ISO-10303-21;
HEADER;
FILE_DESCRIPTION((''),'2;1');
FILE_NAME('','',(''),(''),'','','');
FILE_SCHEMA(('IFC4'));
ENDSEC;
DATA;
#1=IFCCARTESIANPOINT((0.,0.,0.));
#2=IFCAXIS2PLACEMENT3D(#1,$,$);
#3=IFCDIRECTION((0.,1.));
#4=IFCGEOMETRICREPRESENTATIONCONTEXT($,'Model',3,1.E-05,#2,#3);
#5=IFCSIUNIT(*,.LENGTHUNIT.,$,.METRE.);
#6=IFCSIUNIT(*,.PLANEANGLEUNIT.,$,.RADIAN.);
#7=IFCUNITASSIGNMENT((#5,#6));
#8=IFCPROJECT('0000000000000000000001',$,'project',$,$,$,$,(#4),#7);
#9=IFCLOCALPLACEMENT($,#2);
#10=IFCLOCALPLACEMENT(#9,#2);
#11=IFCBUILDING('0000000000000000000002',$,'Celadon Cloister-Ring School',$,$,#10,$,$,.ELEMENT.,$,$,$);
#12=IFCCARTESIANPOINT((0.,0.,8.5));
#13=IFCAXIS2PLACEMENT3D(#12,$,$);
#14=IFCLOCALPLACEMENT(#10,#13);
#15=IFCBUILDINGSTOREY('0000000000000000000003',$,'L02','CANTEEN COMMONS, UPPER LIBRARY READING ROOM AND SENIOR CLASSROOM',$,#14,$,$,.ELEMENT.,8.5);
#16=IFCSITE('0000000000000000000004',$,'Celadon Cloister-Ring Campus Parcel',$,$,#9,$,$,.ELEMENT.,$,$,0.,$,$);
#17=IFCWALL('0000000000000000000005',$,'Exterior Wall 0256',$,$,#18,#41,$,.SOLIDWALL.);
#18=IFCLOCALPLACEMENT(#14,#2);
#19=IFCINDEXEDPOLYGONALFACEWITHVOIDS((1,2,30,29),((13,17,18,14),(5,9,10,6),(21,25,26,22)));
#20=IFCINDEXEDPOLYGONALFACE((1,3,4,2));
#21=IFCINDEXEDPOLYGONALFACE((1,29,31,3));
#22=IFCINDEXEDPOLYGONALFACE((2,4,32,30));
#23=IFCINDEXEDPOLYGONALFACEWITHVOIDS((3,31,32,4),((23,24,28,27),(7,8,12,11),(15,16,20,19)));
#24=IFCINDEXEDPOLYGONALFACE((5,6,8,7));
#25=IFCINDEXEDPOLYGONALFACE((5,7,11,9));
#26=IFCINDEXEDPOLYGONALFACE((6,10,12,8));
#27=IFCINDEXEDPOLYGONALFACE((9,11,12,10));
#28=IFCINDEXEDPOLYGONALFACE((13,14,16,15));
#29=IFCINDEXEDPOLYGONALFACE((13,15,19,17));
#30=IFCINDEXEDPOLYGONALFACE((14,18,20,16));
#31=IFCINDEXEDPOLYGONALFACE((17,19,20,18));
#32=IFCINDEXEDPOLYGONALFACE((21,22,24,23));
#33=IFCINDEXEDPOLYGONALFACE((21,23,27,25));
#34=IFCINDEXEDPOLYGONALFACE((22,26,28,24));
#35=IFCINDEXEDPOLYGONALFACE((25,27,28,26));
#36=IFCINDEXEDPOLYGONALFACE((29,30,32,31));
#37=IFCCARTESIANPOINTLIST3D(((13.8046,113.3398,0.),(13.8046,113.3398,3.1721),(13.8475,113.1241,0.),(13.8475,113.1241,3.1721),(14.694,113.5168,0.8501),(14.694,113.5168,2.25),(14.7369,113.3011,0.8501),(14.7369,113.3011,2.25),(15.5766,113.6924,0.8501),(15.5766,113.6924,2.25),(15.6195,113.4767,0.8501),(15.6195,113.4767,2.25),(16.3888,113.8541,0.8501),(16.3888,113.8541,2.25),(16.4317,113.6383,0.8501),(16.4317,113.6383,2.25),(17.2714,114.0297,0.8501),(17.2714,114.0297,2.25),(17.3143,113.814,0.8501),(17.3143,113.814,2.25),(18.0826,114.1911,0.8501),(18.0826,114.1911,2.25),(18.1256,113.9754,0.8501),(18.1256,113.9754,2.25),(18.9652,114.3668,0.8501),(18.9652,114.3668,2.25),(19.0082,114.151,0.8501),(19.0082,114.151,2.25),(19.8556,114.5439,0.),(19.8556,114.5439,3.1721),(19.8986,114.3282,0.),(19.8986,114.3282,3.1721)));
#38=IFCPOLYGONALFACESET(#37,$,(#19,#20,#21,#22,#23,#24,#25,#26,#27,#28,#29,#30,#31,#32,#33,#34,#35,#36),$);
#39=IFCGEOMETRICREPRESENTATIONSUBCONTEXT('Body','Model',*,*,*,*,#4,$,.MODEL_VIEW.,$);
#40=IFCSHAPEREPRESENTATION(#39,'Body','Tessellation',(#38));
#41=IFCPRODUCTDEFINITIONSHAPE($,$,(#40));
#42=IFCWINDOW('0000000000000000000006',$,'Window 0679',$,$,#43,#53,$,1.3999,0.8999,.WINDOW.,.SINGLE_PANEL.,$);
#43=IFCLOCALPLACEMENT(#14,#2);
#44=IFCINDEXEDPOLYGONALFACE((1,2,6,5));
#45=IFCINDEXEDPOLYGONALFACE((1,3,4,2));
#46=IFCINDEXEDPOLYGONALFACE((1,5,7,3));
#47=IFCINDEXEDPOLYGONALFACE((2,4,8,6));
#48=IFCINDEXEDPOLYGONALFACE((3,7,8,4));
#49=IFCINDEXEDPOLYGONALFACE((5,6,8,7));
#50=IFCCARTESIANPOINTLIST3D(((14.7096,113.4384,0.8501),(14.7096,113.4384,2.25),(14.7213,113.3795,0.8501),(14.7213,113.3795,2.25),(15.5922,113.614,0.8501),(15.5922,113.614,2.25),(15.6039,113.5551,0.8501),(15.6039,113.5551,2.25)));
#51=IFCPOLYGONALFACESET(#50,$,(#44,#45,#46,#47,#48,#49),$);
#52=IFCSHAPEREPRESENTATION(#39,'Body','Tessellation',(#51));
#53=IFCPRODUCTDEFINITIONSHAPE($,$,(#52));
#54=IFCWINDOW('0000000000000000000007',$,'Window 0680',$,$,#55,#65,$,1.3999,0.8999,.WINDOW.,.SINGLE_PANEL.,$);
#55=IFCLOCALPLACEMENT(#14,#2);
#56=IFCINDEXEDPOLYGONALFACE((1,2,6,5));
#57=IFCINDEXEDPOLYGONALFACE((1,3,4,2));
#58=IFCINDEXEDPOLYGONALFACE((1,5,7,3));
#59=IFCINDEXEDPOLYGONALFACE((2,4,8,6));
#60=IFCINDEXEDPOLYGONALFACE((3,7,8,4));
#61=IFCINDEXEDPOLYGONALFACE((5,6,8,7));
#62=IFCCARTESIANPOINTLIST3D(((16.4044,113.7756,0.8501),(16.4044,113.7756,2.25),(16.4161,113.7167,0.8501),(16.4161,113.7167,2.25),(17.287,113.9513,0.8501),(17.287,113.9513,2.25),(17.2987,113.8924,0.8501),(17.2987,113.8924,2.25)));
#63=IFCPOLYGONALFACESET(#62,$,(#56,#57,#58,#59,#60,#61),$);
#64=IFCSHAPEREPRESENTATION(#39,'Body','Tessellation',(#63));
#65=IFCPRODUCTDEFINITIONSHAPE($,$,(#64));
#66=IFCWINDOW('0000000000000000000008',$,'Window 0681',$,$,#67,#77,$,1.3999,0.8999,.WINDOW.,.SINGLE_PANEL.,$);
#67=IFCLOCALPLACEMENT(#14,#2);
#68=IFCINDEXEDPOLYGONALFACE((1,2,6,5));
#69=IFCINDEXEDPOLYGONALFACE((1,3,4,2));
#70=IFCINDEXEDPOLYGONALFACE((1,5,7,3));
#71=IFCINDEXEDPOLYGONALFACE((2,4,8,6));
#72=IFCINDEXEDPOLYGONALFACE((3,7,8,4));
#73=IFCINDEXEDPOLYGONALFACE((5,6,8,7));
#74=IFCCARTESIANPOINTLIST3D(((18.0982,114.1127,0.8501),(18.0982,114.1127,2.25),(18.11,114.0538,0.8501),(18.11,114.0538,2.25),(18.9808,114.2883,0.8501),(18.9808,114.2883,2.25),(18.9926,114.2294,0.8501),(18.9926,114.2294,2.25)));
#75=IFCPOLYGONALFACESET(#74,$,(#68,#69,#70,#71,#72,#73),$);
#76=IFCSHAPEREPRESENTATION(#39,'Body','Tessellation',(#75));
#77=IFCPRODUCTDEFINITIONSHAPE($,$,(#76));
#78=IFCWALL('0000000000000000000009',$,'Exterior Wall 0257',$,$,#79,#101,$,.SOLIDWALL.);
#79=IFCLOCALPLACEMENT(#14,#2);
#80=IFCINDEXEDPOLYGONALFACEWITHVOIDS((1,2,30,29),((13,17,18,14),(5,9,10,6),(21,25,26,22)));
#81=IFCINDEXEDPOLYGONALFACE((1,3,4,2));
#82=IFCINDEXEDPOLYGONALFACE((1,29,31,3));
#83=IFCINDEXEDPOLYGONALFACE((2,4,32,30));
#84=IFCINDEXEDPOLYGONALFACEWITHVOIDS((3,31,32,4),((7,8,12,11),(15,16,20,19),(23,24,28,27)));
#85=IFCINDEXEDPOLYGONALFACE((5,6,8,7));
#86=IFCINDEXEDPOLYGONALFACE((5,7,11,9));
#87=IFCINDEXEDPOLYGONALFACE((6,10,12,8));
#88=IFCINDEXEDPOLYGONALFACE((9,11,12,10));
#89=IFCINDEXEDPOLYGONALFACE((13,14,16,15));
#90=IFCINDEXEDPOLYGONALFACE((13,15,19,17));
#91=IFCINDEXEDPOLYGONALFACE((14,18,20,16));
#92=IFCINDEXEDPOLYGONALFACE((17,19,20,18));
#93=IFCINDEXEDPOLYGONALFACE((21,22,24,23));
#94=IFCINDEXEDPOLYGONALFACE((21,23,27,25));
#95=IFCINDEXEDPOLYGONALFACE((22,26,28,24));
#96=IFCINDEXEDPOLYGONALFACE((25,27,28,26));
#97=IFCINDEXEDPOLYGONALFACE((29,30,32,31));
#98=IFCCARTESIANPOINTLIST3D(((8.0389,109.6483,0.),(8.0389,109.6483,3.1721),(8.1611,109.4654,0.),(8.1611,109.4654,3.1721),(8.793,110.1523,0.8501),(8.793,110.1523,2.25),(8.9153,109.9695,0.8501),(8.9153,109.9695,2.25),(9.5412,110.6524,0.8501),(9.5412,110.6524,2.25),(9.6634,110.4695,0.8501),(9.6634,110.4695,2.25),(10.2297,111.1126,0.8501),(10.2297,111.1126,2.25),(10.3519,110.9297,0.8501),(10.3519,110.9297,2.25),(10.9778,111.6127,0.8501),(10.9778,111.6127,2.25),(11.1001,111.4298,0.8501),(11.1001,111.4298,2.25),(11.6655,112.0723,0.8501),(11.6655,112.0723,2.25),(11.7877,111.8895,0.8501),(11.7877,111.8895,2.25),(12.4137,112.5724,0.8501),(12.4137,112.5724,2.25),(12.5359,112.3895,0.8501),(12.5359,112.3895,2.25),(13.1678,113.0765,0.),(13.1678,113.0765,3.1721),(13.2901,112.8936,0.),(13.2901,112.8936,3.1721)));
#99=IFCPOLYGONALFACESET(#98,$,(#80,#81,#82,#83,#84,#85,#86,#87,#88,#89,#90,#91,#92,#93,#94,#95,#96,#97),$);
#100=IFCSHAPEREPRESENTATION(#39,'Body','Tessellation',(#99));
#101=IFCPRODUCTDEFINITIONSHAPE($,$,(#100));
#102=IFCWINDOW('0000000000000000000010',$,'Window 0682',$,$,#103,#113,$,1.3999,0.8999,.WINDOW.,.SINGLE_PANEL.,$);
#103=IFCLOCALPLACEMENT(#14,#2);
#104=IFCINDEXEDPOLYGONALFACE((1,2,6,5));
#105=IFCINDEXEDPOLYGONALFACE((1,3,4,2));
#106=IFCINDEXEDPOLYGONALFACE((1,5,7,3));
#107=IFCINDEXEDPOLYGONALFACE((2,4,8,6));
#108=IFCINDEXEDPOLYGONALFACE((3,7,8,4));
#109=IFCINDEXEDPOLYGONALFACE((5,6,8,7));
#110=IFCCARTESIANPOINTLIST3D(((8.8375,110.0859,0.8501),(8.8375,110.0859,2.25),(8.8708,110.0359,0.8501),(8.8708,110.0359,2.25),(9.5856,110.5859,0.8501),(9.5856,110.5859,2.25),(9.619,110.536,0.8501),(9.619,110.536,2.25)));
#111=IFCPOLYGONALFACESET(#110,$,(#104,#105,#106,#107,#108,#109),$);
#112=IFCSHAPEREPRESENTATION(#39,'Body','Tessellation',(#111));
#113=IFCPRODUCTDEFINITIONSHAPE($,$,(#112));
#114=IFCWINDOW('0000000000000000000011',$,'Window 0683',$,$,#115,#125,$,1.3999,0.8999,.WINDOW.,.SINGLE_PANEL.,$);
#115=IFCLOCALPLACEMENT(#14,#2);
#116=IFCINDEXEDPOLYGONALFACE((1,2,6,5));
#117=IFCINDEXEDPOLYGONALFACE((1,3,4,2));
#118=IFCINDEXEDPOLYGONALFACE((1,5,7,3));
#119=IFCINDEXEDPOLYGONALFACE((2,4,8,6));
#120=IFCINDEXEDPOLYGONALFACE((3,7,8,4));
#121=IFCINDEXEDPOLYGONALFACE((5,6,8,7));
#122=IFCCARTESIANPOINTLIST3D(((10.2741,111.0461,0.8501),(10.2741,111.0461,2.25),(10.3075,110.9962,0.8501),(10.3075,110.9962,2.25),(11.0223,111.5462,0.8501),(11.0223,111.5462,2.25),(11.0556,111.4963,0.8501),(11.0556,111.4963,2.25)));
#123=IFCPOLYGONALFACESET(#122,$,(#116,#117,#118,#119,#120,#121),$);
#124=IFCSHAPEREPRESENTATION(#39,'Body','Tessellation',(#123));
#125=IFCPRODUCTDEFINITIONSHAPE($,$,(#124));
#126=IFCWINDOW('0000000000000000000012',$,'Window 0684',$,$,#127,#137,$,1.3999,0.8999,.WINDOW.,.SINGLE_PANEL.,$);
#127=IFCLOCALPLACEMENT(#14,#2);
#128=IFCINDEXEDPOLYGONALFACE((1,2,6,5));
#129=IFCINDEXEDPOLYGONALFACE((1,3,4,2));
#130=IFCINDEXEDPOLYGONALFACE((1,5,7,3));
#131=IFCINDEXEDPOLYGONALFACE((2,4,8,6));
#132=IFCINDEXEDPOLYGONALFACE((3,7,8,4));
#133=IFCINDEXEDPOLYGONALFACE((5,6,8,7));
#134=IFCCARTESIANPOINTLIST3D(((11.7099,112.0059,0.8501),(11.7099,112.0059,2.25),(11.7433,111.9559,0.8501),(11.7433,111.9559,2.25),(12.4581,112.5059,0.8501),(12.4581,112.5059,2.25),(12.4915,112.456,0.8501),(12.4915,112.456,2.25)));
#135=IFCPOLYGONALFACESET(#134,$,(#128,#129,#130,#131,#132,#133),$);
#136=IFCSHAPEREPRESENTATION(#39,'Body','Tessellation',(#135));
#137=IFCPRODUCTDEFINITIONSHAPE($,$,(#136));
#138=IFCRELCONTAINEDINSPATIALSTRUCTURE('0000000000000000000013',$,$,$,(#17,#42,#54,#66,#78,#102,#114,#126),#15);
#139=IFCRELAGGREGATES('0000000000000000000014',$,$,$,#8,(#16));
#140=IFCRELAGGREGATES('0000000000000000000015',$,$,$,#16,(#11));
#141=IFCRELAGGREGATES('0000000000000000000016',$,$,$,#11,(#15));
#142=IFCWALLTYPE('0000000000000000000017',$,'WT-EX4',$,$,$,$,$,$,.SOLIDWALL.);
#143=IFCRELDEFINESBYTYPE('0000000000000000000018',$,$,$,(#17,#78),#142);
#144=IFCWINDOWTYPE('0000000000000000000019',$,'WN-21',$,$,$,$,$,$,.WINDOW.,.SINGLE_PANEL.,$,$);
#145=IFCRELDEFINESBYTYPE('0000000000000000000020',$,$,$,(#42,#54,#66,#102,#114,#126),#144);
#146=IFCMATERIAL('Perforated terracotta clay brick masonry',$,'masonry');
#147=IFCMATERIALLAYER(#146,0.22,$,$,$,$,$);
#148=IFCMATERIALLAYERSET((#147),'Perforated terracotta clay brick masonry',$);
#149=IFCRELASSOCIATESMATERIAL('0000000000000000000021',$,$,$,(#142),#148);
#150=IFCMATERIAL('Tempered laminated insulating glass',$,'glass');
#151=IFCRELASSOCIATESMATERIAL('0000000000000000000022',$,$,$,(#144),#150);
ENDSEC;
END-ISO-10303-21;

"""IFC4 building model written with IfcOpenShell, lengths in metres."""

from ifc_helpers import new_model, si_unit, direction, frame, frame_2d, origin, place, context, subcontext, project, spatial, rectangle, extrude, material, layer, layer_set, type_object, element, fill, save


model = new_model("IFC4")

# Units and contexts
model_context = context("Model", 3, precision=1e-05, world=origin(), true_north=direction((0.0, 1.0)))
body_context = subcontext(model_context, "Body", "Model", "MODEL_VIEW")
ifc_project = project(units=[si_unit("LENGTHUNIT", "METRE"), si_unit("PLANEANGLEUNIT", "RADIAN")], contexts=[model_context])

# Site, building, storey
site_placement = place(None, origin())
site = spatial("IfcSite", under=ifc_project, at=site_placement, Name="Celadon Cloister-Ring Campus Parcel", CompositionType="ELEMENT", RefElevation=0.0)
building_placement = place(site_placement, origin())
building = spatial("IfcBuilding", under=site, at=building_placement, Name="Celadon Cloister-Ring School", CompositionType="ELEMENT")
storey_placement = place(building_placement, frame((0.0, 0.0, 8.5)))
storey = spatial("IfcBuildingStorey", under=building, at=storey_placement, Name="L02", Description="CANTEEN COMMONS, UPPER LIBRARY READING ROOM AND SENIOR CLASSROOM", CompositionType="ELEMENT", Elevation=8.5)

# Walls, openings, windows
ifc_material_1 = material(Name="Perforated terracotta clay brick masonry", Category="masonry")
ifc_layer_1 = layer(ifc_material_1, 0.22)
ifc_layer_set_1 = layer_set([ifc_layer_1], Name="Perforated terracotta clay brick masonry")
wall_type = type_object("IfcWallType", Name="WT-EX4", PredefinedType="SOLIDWALL", material=ifc_layer_set_1)
wall_1_placement = place(storey_placement, frame((13.8259, 113.2319, 0.0), z_axis=(0.0, 0.0, 1.0), x_axis=(0.98077, 0.195165, 0.0)))
wall_1 = element("IfcWall", 1, at=wall_1_placement, inside=storey, type_object=wall_type, Name="Exterior Wall 0256", PredefinedType="SOLIDWALL", context=body_context, shape_type="SweptSolid", body=[
    extrude(rectangle(XDim=6.1697, YDim=0.22, at=frame_2d((3.085, 0.0))), origin(), (0.0, 0.0, 1.0), 3.1721),
])
opening_1_placement = place(wall_1_placement, frame((0.907, 0.0, 0.8501)))
opening_1 = element("IfcOpeningElement", 2, at=opening_1_placement, cuts=wall_1, PredefinedType="OPENING", context=body_context, shape_type="SweptSolid", body=[
    extrude(rectangle(XDim=0.8999, YDim=1.3999, at=frame_2d((0.45, 0.7))), frame((0.0, 0.1201, 0.0), z_axis=(0.0, -1.0, 0.0), x_axis=(1.0, 0.0, 0.0)), (0.0, 0.0, 1.0), 0.24),
])
opening_2_placement = place(wall_1_placement, frame((2.635, 0.0, 0.8501)))
opening_2 = element("IfcOpeningElement", 3, at=opening_2_placement, cuts=wall_1, PredefinedType="OPENING", context=body_context, shape_type="SweptSolid", body=[
    extrude(rectangle(XDim=0.8999, YDim=1.3999, at=frame_2d((0.45, 0.7))), frame((0.0, 0.1201, 0.0), z_axis=(0.0, -1.0, 0.0), x_axis=(1.0, 0.0, 0.0)), (0.0, 0.0, 1.0), 0.24),
])
opening_3_placement = place(wall_1_placement, frame((4.3621, 0.0, 0.8501)))
opening_3 = element("IfcOpeningElement", 4, at=opening_3_placement, cuts=wall_1, PredefinedType="OPENING", context=body_context, shape_type="SweptSolid", body=[
    extrude(rectangle(XDim=0.8999, YDim=1.3999, at=frame_2d((0.45, 0.7))), frame((0.0, 0.1201, 0.0), z_axis=(0.0, -1.0, 0.0), x_axis=(1.0, 0.0, 0.0)), (0.0, 0.0, 1.0), 0.24),
])
ifc_material_2 = material(Name="Tempered laminated insulating glass", Category="glass")
window_type = type_object("IfcWindowType", Name="WN-21", PartitioningType="SINGLE_PANEL", PredefinedType="WINDOW", material=ifc_material_2)
window_1_placement = place(opening_1_placement, origin())
window_1 = element("IfcWindow", 5, at=window_1_placement, inside=storey, type_object=window_type, Name="Window 0679", OverallHeight=1.3999, OverallWidth=0.8999, PartitioningType="SINGLE_PANEL", PredefinedType="WINDOW", context=body_context, shape_type="SweptSolid", body=[
    extrude(rectangle(XDim=0.8999, YDim=1.3999, at=frame_2d((0.45, 0.7))), frame((0.0, 0.03, 0.0), z_axis=(0.0, -1.0, 0.0), x_axis=(1.0, 0.0, 0.0)), (0.0, 0.0, 1.0), 0.0601),
])
fill(opening_1, window_1)
window_2_placement = place(opening_2_placement, origin())
window_2 = element("IfcWindow", 6, at=window_2_placement, inside=storey, type_object=window_type, Name="Window 0680", OverallHeight=1.3999, OverallWidth=0.8999, PartitioningType="SINGLE_PANEL", PredefinedType="WINDOW", context=body_context, shape_type="SweptSolid", body=[
    extrude(rectangle(XDim=0.8999, YDim=1.3999, at=frame_2d((0.45, 0.7))), frame((0.0, 0.03, 0.0), z_axis=(0.0, -1.0, 0.0), x_axis=(1.0, 0.0, 0.0)), (0.0, 0.0, 1.0), 0.0601),
])
fill(opening_2, window_2)
window_3_placement = place(opening_3_placement, origin())
window_3 = element("IfcWindow", 7, at=window_3_placement, inside=storey, type_object=window_type, Name="Window 0681", OverallHeight=1.3999, OverallWidth=0.8999, PartitioningType="SINGLE_PANEL", PredefinedType="WINDOW", context=body_context, shape_type="SweptSolid", body=[
    extrude(rectangle(XDim=0.8999, YDim=1.3999, at=frame_2d((0.45, 0.7))), frame((0.0, 0.03, 0.0), z_axis=(0.0, -1.0, 0.0), x_axis=(1.0, 0.0, 0.0)), (0.0, 0.0, 1.0), 0.0601),
])
fill(opening_3, window_3)
wall_2_placement = place(storey_placement, frame((8.1001, 109.5569, 0.0), z_axis=(0.0, 0.0, 1.0), x_axis=(0.83138, 0.555704, 0.0)))
wall_2 = element("IfcWall", 8, at=wall_2_placement, inside=storey, type_object=wall_type, Name="Exterior Wall 0257", PredefinedType="SOLIDWALL", context=body_context, shape_type="SweptSolid", body=[
    extrude(rectangle(XDim=6.1692, YDim=0.22, at=frame_2d((3.0845, 0.0))), origin(), (0.0, 0.0, 1.0), 3.1721),
])
opening_4_placement = place(wall_2_placement, frame((0.907, 0.0, 0.8501)))
opening_4 = element("IfcOpeningElement", 9, at=opening_4_placement, cuts=wall_2, PredefinedType="OPENING", context=body_context, shape_type="SweptSolid", body=[
    extrude(rectangle(XDim=0.8999, YDim=1.3999, at=frame_2d((0.45, 0.7))), frame((0.0, 0.1201, 0.0), z_axis=(0.0, -1.0, 0.0), x_axis=(1.0, 0.0, 0.0)), (0.0, 0.0, 1.0), 0.24),
])
opening_5_placement = place(wall_2_placement, frame((2.635, 0.0, 0.8501)))
opening_5 = element("IfcOpeningElement", 10, at=opening_5_placement, cuts=wall_2, PredefinedType="OPENING", context=body_context, shape_type="SweptSolid", body=[
    extrude(rectangle(XDim=0.8999, YDim=1.3999, at=frame_2d((0.45, 0.7))), frame((0.0, 0.1201, 0.0), z_axis=(0.0, -1.0, 0.0), x_axis=(1.0, 0.0, 0.0)), (0.0, 0.0, 1.0), 0.24),
])
opening_6_placement = place(wall_2_placement, frame((4.3621, 0.0, 0.8501)))
opening_6 = element("IfcOpeningElement", 11, at=opening_6_placement, cuts=wall_2, PredefinedType="OPENING", context=body_context, shape_type="SweptSolid", body=[
    extrude(rectangle(XDim=0.8999, YDim=1.3999, at=frame_2d((0.45, 0.7))), frame((0.0, 0.1201, 0.0), z_axis=(0.0, -1.0, 0.0), x_axis=(1.0, 0.0, 0.0)), (0.0, 0.0, 1.0), 0.24),
])
window_4_placement = place(opening_4_placement, origin())
window_4 = element("IfcWindow", 12, at=window_4_placement, inside=storey, type_object=window_type, Name="Window 0682", OverallHeight=1.3999, OverallWidth=0.8999, PartitioningType="SINGLE_PANEL", PredefinedType="WINDOW", context=body_context, shape_type="SweptSolid", body=[
    extrude(rectangle(XDim=0.8999, YDim=1.3999, at=frame_2d((0.45, 0.7))), frame((0.0, 0.03, 0.0), z_axis=(0.0, -1.0, 0.0), x_axis=(1.0, 0.0, 0.0)), (0.0, 0.0, 1.0), 0.0601),
])
fill(opening_4, window_4)
window_5_placement = place(opening_5_placement, origin())
window_5 = element("IfcWindow", 13, at=window_5_placement, inside=storey, type_object=window_type, Name="Window 0683", OverallHeight=1.3999, OverallWidth=0.8999, PartitioningType="SINGLE_PANEL", PredefinedType="WINDOW", context=body_context, shape_type="SweptSolid", body=[
    extrude(rectangle(XDim=0.8999, YDim=1.3999, at=frame_2d((0.45, 0.7))), frame((0.0, 0.03, 0.0), z_axis=(0.0, -1.0, 0.0), x_axis=(1.0, 0.0, 0.0)), (0.0, 0.0, 1.0), 0.0601),
])
fill(opening_5, window_5)
window_6_placement = place(opening_6_placement, origin())
window_6 = element("IfcWindow", 14, at=window_6_placement, inside=storey, type_object=window_type, Name="Window 0684", OverallHeight=1.3999, OverallWidth=0.8999, PartitioningType="SINGLE_PANEL", PredefinedType="WINDOW", context=body_context, shape_type="SweptSolid", body=[
    extrude(rectangle(XDim=0.8999, YDim=1.3999, at=frame_2d((0.45, 0.7))), frame((0.0, 0.03, 0.0), z_axis=(0.0, -1.0, 0.0), x_axis=(1.0, 0.0, 0.0)), (0.0, 0.0, 1.0), 0.0601),
])
fill(opening_6, window_6)

save(model, "model.ifc")
